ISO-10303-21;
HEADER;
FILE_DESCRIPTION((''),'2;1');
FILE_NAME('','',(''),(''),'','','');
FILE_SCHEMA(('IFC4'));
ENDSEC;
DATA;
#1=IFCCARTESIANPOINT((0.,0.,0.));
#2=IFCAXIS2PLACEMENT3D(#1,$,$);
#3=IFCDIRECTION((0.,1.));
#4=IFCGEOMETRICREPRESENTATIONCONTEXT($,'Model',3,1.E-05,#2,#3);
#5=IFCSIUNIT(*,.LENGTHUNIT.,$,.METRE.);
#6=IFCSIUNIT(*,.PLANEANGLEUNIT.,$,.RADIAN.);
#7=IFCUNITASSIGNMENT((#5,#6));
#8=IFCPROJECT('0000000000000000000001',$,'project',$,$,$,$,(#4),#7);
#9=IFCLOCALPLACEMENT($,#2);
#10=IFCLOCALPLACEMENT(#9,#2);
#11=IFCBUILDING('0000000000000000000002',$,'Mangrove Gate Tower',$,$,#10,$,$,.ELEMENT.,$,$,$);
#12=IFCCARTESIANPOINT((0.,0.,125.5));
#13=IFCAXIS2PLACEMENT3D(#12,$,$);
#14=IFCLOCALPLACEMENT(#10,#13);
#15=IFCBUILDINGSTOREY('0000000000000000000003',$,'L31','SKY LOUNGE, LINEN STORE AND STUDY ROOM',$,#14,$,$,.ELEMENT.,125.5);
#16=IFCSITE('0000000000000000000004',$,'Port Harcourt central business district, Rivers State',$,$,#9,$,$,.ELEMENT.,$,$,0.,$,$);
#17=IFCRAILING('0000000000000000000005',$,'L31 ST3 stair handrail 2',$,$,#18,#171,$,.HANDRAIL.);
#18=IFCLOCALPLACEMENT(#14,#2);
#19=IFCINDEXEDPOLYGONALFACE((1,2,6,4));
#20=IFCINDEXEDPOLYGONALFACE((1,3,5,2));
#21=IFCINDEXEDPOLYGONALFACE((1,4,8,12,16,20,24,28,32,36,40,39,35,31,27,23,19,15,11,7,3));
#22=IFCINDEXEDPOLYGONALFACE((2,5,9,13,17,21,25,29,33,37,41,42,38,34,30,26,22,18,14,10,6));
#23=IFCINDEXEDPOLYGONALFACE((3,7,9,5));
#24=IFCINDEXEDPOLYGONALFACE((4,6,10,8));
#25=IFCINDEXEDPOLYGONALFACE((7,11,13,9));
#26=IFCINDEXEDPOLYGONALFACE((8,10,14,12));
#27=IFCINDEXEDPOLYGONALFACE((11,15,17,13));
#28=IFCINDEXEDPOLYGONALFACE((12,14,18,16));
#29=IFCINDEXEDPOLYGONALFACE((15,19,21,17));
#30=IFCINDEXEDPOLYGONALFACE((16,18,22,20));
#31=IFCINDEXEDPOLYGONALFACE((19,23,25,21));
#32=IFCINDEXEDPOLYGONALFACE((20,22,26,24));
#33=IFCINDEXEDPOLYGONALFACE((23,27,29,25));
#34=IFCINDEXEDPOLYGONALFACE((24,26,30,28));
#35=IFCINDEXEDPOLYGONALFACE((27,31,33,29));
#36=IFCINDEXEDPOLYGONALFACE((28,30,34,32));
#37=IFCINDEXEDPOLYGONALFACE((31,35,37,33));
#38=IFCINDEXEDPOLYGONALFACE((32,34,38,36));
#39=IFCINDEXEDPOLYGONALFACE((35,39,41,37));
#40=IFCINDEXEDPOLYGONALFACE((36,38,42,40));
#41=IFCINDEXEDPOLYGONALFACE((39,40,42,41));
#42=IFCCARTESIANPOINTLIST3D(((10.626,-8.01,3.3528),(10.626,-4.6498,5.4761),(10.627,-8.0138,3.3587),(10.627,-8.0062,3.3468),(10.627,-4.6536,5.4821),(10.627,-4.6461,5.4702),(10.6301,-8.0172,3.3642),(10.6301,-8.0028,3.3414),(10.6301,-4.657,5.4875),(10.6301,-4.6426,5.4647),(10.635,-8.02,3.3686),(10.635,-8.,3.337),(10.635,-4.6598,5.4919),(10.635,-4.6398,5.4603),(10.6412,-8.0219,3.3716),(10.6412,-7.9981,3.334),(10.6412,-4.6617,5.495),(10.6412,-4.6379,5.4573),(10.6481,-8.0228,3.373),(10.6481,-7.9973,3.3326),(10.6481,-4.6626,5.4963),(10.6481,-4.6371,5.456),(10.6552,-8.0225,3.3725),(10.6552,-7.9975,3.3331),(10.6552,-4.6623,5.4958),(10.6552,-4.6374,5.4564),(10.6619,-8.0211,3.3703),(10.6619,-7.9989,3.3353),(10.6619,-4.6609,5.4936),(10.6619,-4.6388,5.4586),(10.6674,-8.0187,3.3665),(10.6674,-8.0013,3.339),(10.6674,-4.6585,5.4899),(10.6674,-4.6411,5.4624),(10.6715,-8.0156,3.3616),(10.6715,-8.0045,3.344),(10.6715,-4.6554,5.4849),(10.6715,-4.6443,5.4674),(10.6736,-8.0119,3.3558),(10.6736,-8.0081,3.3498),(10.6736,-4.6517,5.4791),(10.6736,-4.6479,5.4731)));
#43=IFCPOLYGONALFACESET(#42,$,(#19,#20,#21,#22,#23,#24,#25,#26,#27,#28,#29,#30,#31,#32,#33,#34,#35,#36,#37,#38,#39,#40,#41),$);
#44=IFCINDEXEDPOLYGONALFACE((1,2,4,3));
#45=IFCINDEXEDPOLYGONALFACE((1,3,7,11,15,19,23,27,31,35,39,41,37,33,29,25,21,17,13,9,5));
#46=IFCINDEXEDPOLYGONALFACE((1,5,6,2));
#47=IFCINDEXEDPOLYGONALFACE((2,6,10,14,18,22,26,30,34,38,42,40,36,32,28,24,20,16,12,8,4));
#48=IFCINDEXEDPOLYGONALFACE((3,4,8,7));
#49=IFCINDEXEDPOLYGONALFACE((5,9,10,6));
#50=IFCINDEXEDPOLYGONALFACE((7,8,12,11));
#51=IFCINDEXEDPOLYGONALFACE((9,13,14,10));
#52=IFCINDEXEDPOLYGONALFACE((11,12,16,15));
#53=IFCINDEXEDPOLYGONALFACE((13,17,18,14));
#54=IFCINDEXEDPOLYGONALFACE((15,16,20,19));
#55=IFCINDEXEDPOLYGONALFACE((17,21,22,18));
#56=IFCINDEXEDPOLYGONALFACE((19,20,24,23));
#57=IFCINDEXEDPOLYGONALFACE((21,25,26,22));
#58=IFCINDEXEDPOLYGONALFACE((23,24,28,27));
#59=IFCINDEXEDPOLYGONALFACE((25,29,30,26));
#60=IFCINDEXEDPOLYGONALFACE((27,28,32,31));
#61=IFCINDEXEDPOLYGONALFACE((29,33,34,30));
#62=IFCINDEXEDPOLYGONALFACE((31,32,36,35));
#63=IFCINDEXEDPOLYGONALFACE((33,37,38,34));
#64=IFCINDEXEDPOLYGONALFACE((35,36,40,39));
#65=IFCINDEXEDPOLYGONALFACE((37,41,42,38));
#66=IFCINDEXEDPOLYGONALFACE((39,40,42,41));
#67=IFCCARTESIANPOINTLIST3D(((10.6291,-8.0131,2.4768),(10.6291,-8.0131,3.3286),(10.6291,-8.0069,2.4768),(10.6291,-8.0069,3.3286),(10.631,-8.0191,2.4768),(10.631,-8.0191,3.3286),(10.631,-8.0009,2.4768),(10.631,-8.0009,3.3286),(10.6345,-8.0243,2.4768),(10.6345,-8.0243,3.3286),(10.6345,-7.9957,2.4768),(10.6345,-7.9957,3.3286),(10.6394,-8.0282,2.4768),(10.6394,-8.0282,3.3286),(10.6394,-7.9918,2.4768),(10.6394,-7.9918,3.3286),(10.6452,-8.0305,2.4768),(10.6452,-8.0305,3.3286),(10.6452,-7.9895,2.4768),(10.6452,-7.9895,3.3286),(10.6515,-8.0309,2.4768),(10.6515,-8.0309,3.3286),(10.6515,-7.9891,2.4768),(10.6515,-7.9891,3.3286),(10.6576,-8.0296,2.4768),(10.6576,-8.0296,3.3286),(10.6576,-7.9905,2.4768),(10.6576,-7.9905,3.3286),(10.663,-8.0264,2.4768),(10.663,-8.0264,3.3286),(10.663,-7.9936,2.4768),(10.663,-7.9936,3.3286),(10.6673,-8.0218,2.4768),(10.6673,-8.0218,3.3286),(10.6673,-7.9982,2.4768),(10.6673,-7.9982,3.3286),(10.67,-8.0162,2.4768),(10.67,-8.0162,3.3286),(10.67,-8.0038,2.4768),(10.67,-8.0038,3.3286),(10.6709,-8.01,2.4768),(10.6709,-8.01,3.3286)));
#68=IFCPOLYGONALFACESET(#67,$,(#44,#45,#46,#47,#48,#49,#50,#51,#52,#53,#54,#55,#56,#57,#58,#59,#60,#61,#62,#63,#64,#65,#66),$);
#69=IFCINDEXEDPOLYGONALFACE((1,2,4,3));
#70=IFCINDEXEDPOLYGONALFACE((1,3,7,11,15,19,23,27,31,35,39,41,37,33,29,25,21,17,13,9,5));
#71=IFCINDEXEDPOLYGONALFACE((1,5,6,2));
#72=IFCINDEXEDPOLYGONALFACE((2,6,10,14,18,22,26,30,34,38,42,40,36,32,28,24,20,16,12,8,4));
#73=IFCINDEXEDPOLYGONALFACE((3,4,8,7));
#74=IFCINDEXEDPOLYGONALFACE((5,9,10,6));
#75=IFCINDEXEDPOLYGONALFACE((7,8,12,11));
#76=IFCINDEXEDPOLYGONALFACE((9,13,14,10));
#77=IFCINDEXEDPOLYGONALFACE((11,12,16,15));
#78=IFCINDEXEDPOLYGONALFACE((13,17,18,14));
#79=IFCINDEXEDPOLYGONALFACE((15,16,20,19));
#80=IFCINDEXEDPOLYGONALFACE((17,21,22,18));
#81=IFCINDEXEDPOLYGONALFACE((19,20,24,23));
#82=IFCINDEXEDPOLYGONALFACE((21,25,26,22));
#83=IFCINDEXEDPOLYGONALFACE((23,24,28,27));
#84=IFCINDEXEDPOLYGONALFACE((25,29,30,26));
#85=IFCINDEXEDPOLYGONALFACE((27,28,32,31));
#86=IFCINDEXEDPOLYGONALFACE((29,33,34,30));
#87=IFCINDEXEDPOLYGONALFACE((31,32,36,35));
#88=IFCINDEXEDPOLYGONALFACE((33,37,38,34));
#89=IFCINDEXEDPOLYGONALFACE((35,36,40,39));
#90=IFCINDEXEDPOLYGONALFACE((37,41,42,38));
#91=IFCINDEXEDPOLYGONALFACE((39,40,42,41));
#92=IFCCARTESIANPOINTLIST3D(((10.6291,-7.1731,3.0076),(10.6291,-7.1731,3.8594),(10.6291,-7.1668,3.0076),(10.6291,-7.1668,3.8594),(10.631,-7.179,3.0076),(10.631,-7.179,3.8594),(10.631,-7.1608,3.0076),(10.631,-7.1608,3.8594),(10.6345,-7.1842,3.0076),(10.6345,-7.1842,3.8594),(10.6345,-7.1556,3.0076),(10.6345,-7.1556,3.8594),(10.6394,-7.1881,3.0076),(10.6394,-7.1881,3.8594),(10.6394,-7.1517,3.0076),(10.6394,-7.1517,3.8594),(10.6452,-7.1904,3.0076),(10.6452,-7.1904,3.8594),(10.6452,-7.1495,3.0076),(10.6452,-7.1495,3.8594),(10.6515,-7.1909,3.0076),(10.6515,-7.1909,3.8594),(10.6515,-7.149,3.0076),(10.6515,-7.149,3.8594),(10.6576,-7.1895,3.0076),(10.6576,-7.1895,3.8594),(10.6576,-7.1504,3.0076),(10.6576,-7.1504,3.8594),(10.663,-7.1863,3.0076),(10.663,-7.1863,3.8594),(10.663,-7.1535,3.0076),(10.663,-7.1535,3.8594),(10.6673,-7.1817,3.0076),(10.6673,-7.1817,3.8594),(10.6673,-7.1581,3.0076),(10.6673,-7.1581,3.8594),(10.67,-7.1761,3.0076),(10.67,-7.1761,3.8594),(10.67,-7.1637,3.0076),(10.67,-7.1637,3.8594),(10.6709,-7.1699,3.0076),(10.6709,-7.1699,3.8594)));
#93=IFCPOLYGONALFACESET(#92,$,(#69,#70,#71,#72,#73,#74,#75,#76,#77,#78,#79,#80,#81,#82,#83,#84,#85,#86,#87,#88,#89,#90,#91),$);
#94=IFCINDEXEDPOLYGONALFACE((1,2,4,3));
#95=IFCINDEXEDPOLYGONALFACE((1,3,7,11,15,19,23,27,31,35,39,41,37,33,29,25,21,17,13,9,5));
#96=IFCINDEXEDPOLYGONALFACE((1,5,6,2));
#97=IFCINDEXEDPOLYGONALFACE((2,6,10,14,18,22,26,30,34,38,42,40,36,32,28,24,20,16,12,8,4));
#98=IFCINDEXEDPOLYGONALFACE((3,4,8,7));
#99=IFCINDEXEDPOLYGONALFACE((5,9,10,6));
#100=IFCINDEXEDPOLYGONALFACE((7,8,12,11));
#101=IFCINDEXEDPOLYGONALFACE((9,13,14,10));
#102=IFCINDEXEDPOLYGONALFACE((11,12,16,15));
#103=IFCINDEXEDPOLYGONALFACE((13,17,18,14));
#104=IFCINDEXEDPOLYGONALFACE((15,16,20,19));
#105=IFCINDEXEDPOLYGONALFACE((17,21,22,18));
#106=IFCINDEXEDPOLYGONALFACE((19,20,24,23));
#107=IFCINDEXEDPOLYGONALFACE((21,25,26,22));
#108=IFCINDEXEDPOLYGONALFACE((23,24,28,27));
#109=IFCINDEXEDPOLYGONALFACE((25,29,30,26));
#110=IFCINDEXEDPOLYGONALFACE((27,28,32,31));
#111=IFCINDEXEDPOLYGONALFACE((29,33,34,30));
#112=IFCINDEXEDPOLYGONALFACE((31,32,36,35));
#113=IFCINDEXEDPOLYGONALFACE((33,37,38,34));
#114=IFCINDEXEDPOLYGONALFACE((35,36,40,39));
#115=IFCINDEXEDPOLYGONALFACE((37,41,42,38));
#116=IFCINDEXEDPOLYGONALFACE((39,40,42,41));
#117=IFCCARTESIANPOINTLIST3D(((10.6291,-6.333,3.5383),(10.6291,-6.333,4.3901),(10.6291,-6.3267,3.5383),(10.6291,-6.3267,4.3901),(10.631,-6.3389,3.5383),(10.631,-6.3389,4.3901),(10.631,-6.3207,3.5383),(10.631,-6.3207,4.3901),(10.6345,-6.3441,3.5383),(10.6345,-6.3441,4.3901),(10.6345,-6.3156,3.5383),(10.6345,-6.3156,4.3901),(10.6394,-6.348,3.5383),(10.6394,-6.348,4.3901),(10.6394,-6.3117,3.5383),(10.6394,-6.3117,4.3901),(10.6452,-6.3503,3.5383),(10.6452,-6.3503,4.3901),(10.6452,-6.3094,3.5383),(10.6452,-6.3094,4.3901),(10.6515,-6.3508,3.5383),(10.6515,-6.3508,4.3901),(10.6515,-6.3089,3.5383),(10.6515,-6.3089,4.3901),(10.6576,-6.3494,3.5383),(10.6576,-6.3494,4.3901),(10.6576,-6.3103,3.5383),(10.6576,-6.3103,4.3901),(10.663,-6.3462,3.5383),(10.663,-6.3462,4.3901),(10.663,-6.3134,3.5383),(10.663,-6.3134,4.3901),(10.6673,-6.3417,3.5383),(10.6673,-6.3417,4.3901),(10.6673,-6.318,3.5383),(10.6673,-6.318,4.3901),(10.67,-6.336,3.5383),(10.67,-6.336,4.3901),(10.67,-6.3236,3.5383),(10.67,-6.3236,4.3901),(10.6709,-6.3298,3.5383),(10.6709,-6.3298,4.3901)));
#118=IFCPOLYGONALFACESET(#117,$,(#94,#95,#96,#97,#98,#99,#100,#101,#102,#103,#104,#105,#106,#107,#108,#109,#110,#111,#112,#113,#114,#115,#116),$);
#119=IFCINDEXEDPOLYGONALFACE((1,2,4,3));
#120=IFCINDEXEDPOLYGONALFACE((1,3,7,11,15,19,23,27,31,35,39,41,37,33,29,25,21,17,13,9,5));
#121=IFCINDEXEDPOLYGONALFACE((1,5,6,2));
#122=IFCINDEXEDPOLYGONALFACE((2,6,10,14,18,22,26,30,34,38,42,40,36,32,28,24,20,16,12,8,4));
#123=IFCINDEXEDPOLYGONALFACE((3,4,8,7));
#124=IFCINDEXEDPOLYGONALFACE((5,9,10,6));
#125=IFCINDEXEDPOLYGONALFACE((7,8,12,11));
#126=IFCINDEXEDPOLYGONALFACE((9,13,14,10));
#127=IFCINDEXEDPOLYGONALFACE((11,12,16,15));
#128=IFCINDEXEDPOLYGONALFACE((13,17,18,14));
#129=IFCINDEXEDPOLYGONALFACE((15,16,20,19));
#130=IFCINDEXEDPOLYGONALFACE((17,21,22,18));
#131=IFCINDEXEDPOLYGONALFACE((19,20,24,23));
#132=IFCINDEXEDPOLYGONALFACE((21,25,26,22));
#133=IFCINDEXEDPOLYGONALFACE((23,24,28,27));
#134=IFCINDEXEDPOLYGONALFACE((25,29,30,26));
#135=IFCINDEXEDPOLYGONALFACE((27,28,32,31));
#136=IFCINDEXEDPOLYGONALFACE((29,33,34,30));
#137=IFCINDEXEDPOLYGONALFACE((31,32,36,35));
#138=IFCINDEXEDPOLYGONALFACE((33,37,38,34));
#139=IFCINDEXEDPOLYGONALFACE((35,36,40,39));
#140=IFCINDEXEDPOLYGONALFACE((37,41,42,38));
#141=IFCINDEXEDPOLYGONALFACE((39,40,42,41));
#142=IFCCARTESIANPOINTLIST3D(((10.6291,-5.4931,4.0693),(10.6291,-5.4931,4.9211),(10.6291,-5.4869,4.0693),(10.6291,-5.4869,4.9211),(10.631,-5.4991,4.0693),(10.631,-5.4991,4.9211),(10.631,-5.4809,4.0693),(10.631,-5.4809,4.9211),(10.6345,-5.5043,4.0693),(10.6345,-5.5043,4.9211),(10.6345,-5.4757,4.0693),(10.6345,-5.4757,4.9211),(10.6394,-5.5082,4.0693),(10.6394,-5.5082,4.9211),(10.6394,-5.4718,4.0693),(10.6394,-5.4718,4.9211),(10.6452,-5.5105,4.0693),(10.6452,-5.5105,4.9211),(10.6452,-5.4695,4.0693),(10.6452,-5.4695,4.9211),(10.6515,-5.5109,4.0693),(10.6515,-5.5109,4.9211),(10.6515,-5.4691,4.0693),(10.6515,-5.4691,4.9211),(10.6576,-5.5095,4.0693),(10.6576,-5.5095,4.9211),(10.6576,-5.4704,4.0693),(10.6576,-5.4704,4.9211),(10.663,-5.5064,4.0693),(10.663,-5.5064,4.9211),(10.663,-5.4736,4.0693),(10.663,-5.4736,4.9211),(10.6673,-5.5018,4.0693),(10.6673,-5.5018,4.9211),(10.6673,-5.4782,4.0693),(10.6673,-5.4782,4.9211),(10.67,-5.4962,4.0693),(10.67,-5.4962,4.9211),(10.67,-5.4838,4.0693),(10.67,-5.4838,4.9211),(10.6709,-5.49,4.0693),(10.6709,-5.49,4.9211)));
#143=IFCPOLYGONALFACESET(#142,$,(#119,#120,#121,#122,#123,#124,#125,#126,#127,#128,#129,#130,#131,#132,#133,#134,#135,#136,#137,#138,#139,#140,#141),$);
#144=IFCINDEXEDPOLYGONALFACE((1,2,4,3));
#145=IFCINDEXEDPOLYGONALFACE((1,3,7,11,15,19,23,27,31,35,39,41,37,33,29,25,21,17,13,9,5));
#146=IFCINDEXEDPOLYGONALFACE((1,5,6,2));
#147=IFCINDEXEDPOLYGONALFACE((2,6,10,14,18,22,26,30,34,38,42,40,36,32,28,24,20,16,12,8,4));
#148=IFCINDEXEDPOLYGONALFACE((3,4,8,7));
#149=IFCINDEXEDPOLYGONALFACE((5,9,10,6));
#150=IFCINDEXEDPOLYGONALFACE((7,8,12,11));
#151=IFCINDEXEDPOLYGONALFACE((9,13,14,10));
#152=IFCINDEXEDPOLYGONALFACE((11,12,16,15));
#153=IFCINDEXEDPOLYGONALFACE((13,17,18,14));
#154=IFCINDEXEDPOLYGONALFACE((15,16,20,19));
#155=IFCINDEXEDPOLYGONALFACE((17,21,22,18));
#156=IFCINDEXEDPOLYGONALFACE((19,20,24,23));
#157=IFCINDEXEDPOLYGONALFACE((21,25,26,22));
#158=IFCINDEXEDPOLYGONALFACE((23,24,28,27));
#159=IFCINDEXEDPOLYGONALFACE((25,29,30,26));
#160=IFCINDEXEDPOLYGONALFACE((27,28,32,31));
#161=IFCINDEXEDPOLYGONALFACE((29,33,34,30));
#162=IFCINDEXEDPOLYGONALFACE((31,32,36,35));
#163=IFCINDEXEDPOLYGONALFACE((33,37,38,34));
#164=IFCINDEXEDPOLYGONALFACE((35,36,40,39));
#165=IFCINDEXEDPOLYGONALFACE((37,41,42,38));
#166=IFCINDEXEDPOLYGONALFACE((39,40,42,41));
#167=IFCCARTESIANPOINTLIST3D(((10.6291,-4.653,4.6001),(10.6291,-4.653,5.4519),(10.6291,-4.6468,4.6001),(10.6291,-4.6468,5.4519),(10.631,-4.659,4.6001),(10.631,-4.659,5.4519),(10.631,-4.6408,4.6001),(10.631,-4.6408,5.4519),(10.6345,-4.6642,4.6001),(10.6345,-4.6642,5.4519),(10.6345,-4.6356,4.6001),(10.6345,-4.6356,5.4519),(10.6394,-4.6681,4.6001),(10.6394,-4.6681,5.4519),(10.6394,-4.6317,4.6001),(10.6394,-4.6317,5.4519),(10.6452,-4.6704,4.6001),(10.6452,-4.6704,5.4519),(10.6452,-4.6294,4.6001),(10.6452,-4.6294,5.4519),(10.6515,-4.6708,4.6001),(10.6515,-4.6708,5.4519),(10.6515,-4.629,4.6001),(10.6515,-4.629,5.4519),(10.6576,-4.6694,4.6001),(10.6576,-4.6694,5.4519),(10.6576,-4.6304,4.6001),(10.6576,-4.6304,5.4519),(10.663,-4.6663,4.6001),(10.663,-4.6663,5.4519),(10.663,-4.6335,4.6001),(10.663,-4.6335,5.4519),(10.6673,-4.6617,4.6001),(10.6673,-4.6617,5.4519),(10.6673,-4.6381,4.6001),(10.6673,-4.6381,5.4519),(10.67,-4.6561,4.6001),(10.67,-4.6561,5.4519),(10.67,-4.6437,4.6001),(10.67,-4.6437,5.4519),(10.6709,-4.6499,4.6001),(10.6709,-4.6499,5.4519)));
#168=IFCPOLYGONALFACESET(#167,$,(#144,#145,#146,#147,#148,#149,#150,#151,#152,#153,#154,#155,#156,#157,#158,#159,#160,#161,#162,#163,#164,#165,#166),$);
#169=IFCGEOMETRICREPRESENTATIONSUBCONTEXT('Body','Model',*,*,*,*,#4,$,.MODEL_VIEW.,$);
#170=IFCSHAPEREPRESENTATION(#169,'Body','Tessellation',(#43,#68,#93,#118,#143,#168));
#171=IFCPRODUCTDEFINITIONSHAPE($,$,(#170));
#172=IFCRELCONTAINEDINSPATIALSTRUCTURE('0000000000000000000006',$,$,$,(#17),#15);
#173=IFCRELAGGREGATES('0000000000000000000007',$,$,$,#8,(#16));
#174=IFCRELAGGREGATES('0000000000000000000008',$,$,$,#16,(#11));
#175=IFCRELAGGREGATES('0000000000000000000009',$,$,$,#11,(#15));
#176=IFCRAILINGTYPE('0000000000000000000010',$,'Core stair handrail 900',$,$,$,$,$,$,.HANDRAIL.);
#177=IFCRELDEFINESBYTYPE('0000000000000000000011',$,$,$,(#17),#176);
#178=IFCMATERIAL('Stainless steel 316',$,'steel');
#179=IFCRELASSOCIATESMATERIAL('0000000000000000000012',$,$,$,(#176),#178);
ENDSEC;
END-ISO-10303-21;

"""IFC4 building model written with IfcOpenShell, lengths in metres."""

from ifc_helpers import new_model, si_unit, direction, frame, origin, origin_2d, place, context, subcontext, project, spatial, circle, extrude, material, type_object, element, save


model = new_model("IFC4")

# Units and contexts
model_context = context("Model", 3, precision=1e-05, world=origin(), true_north=direction((0.0, 1.0)))
body_context = subcontext(model_context, "Body", "Model", "MODEL_VIEW")
ifc_project = project(units=[si_unit("LENGTHUNIT", "METRE"), si_unit("PLANEANGLEUNIT", "RADIAN")], contexts=[model_context])

# Site, building, storey
site_placement = place(None, origin())
site = spatial("IfcSite", under=ifc_project, at=site_placement, Name="Port Harcourt central business district, Rivers State", CompositionType="ELEMENT", RefElevation=0.0)
building_placement = place(site_placement, origin())
building = spatial("IfcBuilding", under=site, at=building_placement, Name="Mangrove Gate Tower", CompositionType="ELEMENT")
storey_placement = place(building_placement, frame((0.0, 0.0, 125.5)))
storey = spatial("IfcBuildingStorey", under=building, at=storey_placement, Name="L31", Description="SKY LOUNGE, LINEN STORE AND STUDY ROOM", CompositionType="ELEMENT", Elevation=125.5)

# Railing
ifc_material_1 = material(Name="Stainless steel 316", Category="steel")
railing_type_1 = type_object("IfcRailingType", Name="Core stair handrail 900", PredefinedType="HANDRAIL", material=ifc_material_1)
railing_1_placement = place(storey_placement, frame((10.6499, -8.01, 2.4768)))
element("IfcRailing", 1, at=railing_1_placement, inside=storey, type_object=railing_type_1, Name="L31 ST3 stair handrail 2", PredefinedType="HANDRAIL", context=body_context, shape_type="SweptSolid", body=[
    extrude(circle(Radius=0.0239, at=origin_2d()), frame((0.0, 0.0, 0.876), z_axis=(0.0, 0.845362, 0.534194), x_axis=(-1.0, 0.0, 0.0)), (0.0, 0.0, 1.0), 3.9749),
    extrude(circle(Radius=0.021, at=origin_2d()), origin(), (0.0, 0.0, 1.0), 0.8518),
    extrude(circle(Radius=0.021, at=origin_2d()), frame((0.0, 0.8401, 0.5308)), (0.0, 0.0, 1.0), 0.8518),
    extrude(circle(Radius=0.021, at=origin_2d()), frame((0.0, 1.6802, 1.0615)), (0.0, 0.0, 1.0), 0.8518),
    extrude(circle(Radius=0.021, at=origin_2d()), frame((0.0, 2.52, 1.5925)), (0.0, 0.0, 1.0), 0.8518),
    extrude(circle(Radius=0.021, at=origin_2d()), frame((0.0, 3.3601, 2.1233)), (0.0, 0.0, 1.0), 0.8518),
])

save(model, "model.ifc")
